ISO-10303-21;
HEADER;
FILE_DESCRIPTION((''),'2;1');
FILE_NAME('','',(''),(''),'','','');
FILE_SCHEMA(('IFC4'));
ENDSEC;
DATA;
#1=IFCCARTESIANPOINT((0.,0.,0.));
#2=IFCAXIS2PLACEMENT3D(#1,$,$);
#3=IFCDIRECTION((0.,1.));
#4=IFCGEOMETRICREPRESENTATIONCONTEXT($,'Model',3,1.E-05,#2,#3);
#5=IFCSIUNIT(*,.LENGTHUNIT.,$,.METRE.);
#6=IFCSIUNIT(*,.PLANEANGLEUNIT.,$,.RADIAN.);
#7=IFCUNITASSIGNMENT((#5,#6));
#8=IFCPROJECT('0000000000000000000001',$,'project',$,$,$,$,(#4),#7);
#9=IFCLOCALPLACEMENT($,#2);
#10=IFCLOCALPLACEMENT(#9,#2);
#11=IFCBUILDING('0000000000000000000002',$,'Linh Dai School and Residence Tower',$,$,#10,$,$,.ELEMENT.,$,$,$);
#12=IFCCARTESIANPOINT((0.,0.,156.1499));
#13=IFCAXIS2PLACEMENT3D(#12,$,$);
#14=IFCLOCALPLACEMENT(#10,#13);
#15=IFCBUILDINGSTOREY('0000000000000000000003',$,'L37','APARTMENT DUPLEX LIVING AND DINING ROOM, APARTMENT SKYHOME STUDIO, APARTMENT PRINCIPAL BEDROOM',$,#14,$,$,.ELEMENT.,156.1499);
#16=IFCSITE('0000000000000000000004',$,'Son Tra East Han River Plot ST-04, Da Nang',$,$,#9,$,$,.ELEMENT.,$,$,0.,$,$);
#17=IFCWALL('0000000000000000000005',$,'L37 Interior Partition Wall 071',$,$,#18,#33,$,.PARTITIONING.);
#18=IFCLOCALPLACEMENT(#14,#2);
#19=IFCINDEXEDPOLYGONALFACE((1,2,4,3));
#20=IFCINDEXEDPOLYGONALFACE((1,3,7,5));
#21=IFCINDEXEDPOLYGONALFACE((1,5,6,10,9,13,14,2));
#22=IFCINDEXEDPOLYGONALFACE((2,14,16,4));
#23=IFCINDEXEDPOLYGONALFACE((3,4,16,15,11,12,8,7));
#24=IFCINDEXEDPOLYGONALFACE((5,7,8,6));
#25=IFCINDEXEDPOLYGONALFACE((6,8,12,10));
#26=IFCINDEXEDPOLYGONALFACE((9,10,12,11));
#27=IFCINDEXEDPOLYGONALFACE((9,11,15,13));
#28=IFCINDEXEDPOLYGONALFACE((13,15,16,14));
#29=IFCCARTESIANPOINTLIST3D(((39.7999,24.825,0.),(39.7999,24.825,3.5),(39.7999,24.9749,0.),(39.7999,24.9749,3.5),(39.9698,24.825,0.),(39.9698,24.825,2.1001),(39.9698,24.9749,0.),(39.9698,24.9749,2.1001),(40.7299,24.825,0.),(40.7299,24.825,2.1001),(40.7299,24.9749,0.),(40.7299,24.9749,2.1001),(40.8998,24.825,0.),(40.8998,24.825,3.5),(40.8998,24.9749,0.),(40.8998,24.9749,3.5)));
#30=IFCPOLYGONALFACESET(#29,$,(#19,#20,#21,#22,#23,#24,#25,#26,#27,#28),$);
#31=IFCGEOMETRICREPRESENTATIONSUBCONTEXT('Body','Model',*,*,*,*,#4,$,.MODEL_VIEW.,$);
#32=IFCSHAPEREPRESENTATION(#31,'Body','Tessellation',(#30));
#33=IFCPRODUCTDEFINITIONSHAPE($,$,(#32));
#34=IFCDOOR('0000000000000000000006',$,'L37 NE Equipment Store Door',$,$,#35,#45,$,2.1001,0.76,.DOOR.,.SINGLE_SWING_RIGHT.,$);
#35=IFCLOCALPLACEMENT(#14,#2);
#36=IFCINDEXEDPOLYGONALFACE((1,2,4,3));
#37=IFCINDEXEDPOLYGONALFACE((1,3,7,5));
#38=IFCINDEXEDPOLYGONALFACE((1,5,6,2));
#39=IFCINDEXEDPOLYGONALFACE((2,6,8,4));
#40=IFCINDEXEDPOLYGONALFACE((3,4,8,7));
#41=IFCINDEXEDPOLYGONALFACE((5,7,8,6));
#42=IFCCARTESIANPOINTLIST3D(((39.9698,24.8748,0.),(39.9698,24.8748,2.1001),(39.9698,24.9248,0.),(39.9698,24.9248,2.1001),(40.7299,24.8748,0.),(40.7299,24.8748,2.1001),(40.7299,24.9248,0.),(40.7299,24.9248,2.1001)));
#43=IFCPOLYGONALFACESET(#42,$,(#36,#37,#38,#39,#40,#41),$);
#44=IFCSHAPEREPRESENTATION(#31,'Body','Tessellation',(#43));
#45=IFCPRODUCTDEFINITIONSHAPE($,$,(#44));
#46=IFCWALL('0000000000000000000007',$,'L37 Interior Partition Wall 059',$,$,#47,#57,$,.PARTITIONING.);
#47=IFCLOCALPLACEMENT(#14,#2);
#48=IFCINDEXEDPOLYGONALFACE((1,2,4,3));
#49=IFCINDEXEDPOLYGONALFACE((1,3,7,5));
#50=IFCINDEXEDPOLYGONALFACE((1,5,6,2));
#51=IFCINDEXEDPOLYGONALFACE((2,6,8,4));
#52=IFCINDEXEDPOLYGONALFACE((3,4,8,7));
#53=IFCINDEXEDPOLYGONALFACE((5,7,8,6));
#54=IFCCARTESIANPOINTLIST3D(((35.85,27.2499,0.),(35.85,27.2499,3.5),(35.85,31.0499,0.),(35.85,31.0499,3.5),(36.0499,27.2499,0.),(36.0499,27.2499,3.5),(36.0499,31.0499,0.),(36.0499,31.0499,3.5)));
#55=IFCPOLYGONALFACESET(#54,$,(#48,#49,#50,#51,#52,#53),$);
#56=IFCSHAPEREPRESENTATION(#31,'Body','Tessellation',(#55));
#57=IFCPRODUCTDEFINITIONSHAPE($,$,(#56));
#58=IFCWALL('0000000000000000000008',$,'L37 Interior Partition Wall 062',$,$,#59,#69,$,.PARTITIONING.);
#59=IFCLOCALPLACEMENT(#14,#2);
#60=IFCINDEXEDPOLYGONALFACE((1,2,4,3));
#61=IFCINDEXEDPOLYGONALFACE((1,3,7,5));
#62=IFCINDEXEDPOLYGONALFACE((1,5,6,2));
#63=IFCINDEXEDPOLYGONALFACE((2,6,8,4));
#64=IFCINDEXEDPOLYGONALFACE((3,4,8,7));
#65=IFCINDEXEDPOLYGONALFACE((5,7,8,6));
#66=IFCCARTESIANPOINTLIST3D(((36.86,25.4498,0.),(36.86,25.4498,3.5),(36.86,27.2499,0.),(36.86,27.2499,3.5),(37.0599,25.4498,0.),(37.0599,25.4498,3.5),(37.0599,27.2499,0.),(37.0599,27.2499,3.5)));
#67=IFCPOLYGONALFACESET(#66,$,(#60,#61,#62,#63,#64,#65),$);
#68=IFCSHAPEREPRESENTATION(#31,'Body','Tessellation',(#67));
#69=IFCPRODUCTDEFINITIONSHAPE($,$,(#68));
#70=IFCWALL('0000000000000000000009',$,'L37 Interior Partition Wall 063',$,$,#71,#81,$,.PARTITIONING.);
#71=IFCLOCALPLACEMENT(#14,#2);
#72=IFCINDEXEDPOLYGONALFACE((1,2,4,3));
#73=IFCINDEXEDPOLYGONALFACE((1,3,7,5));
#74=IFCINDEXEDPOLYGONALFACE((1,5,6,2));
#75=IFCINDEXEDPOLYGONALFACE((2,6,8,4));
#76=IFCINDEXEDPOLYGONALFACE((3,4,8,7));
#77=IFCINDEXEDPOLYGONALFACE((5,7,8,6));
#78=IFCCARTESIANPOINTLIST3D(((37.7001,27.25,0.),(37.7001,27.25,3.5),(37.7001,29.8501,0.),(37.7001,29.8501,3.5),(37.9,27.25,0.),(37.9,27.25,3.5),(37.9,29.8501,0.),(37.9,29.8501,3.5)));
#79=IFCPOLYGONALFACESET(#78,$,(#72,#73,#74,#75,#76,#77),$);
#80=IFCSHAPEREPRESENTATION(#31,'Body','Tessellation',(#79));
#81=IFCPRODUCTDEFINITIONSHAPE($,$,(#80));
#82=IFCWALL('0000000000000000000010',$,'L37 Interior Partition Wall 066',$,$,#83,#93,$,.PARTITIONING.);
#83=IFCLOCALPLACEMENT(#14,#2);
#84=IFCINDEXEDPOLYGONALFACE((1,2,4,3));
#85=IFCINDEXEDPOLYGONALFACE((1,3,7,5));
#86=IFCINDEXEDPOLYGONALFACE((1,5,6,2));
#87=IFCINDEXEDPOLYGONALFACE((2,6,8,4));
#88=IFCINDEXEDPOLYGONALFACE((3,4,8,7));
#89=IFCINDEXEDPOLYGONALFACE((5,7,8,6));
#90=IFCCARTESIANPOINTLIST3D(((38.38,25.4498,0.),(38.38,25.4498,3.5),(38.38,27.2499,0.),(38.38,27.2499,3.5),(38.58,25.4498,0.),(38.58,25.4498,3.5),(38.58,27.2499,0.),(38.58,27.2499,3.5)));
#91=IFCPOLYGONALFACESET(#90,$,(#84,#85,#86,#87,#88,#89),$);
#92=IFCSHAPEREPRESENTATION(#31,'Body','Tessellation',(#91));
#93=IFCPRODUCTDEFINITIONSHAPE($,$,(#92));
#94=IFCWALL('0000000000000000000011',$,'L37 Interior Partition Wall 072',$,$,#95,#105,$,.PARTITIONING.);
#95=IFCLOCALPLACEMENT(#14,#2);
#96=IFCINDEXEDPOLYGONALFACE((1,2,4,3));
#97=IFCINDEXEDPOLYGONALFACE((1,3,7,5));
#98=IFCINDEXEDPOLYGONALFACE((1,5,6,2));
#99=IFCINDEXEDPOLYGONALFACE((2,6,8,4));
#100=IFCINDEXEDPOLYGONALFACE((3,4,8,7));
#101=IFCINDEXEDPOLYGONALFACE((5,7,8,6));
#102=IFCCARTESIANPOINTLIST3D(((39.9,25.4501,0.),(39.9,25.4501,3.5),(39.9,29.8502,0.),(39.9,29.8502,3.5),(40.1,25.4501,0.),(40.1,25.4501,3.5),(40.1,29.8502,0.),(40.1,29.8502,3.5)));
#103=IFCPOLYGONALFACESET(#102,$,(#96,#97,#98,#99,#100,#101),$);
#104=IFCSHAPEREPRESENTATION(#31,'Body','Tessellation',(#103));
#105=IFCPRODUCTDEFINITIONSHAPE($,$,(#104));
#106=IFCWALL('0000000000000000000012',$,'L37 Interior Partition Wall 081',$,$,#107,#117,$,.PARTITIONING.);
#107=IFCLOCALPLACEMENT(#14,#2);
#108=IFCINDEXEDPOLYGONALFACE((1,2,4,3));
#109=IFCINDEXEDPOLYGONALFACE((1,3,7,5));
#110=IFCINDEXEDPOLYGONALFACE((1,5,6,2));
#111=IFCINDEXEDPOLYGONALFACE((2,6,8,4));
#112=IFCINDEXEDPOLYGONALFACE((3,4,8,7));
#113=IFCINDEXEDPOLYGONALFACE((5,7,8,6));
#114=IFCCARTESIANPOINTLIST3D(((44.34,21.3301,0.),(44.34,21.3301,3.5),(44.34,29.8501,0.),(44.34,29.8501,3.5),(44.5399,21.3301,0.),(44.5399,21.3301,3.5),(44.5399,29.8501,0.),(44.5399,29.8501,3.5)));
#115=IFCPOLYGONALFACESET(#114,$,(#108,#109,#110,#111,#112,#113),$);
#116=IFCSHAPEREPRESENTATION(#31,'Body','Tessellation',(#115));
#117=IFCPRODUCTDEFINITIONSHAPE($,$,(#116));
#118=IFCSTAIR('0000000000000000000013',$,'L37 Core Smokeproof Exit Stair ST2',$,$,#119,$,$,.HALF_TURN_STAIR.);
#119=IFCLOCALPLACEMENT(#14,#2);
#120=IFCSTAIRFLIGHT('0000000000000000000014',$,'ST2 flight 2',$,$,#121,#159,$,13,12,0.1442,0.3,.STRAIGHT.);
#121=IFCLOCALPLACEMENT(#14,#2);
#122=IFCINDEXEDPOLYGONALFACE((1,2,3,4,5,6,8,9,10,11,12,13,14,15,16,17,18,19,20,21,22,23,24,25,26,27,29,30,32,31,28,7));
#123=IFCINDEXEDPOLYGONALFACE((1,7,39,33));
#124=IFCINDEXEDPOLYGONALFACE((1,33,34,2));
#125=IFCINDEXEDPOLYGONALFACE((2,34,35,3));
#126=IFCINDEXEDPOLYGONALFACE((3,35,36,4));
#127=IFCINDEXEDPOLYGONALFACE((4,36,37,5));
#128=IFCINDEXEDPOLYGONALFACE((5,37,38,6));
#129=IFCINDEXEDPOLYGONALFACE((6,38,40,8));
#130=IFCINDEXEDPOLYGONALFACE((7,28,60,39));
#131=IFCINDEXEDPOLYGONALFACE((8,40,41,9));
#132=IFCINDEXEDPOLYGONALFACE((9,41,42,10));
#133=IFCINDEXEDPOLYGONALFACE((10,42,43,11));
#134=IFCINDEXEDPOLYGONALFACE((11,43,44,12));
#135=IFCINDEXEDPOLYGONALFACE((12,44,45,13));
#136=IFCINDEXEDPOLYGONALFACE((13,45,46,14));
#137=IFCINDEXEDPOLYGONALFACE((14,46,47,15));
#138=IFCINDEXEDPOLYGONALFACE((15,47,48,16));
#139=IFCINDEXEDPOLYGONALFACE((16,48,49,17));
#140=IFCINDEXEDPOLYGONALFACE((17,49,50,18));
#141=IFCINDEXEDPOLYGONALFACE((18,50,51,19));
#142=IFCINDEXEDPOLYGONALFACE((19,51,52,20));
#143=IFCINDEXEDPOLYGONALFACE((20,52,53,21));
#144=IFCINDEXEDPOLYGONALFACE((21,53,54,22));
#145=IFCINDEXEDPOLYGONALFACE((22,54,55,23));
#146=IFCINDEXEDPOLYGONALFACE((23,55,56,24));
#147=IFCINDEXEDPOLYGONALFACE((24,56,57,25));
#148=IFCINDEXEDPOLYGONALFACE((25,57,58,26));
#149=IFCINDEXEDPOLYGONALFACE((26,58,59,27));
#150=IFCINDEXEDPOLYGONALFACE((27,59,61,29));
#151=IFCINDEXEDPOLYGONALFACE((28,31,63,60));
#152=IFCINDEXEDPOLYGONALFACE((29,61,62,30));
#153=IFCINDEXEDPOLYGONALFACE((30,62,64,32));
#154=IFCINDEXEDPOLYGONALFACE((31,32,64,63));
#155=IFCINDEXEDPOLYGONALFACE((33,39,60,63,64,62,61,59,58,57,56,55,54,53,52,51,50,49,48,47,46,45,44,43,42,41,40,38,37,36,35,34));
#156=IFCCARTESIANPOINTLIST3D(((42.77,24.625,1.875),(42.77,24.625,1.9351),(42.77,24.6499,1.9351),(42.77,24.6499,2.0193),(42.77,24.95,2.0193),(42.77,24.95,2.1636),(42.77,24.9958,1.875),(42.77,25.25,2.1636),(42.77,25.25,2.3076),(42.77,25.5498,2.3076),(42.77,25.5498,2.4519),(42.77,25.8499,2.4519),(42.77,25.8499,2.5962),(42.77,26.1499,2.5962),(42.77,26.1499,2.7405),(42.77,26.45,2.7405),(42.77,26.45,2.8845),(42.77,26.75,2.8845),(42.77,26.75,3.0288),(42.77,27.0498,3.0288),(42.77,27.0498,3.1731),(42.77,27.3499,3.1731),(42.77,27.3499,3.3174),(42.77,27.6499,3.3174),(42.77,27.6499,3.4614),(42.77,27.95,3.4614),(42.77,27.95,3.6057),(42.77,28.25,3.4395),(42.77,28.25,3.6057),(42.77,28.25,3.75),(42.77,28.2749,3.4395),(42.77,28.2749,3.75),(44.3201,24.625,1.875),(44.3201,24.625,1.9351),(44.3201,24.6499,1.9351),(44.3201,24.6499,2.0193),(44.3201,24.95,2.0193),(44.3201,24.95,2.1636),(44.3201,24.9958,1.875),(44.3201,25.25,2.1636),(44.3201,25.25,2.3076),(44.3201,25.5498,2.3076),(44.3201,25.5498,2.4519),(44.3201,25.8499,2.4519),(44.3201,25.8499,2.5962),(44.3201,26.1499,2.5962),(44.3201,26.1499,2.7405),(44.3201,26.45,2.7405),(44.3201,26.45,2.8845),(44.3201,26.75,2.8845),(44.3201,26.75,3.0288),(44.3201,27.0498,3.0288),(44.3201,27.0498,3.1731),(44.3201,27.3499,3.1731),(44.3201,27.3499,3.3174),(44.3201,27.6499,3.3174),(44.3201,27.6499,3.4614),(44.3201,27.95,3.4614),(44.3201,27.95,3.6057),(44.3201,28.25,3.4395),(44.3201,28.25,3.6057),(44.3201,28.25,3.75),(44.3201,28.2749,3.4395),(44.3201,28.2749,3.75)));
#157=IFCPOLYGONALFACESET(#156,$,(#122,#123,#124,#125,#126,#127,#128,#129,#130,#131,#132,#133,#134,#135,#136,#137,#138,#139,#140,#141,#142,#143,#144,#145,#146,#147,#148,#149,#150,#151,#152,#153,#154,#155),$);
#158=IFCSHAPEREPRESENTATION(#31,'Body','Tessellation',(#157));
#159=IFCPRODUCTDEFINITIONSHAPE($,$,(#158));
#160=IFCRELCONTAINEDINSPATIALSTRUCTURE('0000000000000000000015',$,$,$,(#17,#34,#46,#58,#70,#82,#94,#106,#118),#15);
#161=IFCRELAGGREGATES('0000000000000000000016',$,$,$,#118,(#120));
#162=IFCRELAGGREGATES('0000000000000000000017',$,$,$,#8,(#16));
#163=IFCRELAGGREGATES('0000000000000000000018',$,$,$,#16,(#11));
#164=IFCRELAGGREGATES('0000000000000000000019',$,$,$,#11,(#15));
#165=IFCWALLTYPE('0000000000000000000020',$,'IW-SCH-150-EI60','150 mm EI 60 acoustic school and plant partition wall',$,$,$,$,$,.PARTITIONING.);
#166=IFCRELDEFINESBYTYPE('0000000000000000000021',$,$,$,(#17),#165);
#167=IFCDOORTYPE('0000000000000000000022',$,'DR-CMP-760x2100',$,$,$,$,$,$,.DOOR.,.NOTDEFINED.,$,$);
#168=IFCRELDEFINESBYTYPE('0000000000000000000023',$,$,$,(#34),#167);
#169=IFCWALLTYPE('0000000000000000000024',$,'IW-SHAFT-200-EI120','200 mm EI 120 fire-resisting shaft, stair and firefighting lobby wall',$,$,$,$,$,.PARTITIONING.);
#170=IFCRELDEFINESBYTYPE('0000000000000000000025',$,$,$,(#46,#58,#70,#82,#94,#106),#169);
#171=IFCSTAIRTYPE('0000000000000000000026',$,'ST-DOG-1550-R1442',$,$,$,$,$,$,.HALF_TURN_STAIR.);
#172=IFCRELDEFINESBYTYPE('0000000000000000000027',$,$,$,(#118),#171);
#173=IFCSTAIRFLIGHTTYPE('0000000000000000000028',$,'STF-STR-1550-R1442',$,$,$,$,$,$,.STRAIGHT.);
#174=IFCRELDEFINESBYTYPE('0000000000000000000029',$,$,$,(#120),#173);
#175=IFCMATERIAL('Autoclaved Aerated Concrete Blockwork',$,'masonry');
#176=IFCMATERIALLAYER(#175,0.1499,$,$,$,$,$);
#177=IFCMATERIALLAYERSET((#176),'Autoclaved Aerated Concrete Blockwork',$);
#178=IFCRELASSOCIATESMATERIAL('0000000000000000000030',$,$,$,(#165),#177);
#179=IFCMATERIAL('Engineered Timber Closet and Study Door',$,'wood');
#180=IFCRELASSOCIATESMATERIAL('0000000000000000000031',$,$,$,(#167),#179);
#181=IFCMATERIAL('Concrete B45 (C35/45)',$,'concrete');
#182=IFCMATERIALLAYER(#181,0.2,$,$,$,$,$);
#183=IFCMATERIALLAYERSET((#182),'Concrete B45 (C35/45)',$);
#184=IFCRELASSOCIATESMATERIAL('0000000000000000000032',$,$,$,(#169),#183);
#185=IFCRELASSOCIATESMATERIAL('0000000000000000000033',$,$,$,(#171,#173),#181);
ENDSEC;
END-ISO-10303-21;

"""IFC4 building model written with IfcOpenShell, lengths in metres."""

from ifc_helpers import new_model, si_unit, direction, frame, frame_2d, origin, origin_2d, place, context, subcontext, project, spatial, polyline, rectangle, outline, extrude, source, transform, mapped, material, layer, layer_set, type_object, element, fill, aggregate, save


model = new_model("IFC4")

# Units and contexts
model_context = context("Model", 3, precision=1e-05, world=origin(), true_north=direction((0.0, 1.0)))
body_context = subcontext(model_context, "Body", "Model", "MODEL_VIEW")
ifc_project = project(units=[si_unit("LENGTHUNIT", "METRE"), si_unit("PLANEANGLEUNIT", "RADIAN")], contexts=[model_context])

# Site, building, storey
site_placement = place(None, origin())
site = spatial("IfcSite", under=ifc_project, at=site_placement, Name="Son Tra East Han River Plot ST-04, Da Nang", CompositionType="ELEMENT", RefElevation=0.0)
building_placement = place(site_placement, origin())
building = spatial("IfcBuilding", under=site, at=building_placement, Name="Linh Dai School and Residence Tower", CompositionType="ELEMENT")
storey_placement = place(building_placement, frame((0.0, 0.0, 156.1499)))
storey = spatial("IfcBuildingStorey", under=building, at=storey_placement, Name="L37", Description="APARTMENT DUPLEX LIVING AND DINING ROOM, APARTMENT SKYHOME STUDIO, APARTMENT PRINCIPAL BEDROOM", CompositionType="ELEMENT", Elevation=156.1499)

# Shared definitions
ifc_material_1 = material(Name="Autoclaved Aerated Concrete Blockwork", Category="masonry")

# Wall, opening, door
ifc_layer_1 = layer(ifc_material_1, 0.1499)
ifc_layer_set_1 = layer_set([ifc_layer_1], Name="Autoclaved Aerated Concrete Blockwork")
wall_type_1 = type_object("IfcWallType", Name="IW-SCH-150-EI60", Description="150 mm EI 60 acoustic school and plant partition wall", PredefinedType="PARTITIONING", material=ifc_layer_set_1)
wall_1_placement = place(storey_placement, frame((39.8, 24.8999, 0.0), z_axis=(0.0, 0.0, 1.0), x_axis=(1.0, 0.0, 0.0)))
wall_1 = element("IfcWall", 1, at=wall_1_placement, inside=storey, type_object=wall_type_1, Name="L37 Interior Partition Wall 071", PredefinedType="PARTITIONING", context=body_context, shape_type="SweptSolid", body=[
    extrude(rectangle(XDim=1.0999, YDim=0.1499, at=frame_2d((0.5498, 0.0))), origin(), (0.0, 0.0, 1.0), 3.5),
])
opening_1_placement = place(wall_1_placement, frame((0.1699, 0.0, 0.0)))
opening_1 = element("IfcOpeningElement", 2, at=opening_1_placement, cuts=wall_1, PredefinedType="OPENING", context=body_context, shape_type="SweptSolid", body=[
    extrude(rectangle(XDim=0.76, YDim=2.1001, at=origin_2d()), frame((0.3799, 0.085, 1.05), z_axis=(0.0, -1.0, 0.0), x_axis=(1.0, 0.0, 0.0)), (0.0, 0.0, 1.0), 0.1699),
])
ifc_material_2 = material(Name="Engineered Timber Closet and Study Door", Category="wood")
door_type_1 = type_object("IfcDoorType", Name="DR-CMP-760x2100", OperationType="NOTDEFINED", PredefinedType="DOOR", material=ifc_material_2)
shared_shape_1 = source(origin(), body_context, "Body", "SweptSolid", [
    extrude(rectangle(XDim=0.76, YDim=2.1001, at=origin_2d()), frame((0.3799, 0.0249, 1.05), z_axis=(0.0, -1.0, 0.0), x_axis=(1.0, 0.0, 0.0)), (0.0, 0.0, 1.0), 0.05),
])
door_1_placement = place(opening_1_placement, origin())
door_1 = element("IfcDoor", 3, at=door_1_placement, inside=storey, type_object=door_type_1, Name="L37 NE Equipment Store Door", OperationType="SINGLE_SWING_RIGHT", OverallHeight=2.1001, OverallWidth=0.76, PredefinedType="DOOR", context=body_context, shape_type="MappedRepresentation", body=[
    mapped(shared_shape_1, transform((0.0, 0.0, 0.0), x_axis=(1.0, 0.0, 0.0), y_axis=(0.0, 1.0, 0.0), z_axis=(0.0, 0.0, 1.0), scale=1.0)),
])
fill(opening_1, door_1)

# Walls
ifc_material_3 = material(Name="Concrete B45 (C35/45)", Category="concrete")
ifc_layer_2 = layer(ifc_material_3, 0.2)
ifc_layer_set_2 = layer_set([ifc_layer_2], Name="Concrete B45 (C35/45)")
wall_type_2 = type_object("IfcWallType", Name="IW-SHAFT-200-EI120", Description="200 mm EI 120 fire-resisting shaft, stair and firefighting lobby wall", PredefinedType="PARTITIONING", material=ifc_layer_set_2)
wall_2_placement = place(storey_placement, frame((35.95, 27.25, 0.0), z_axis=(0.0, 0.0, 1.0), x_axis=(0.0, 1.0, 0.0)))
element("IfcWall", 4, at=wall_2_placement, inside=storey, type_object=wall_type_2, Name="L37 Interior Partition Wall 059", PredefinedType="PARTITIONING", context=body_context, shape_type="SweptSolid", body=[
    extrude(rectangle(XDim=3.8, YDim=0.2, at=frame_2d((1.8999, 0.0))), origin(), (0.0, 0.0, 1.0), 3.5),
])
wall_3_placement = place(storey_placement, frame((36.96, 25.45, 0.0), z_axis=(0.0, 0.0, 1.0), x_axis=(0.0, 1.0, 0.0)))
element("IfcWall", 5, at=wall_3_placement, inside=storey, type_object=wall_type_2, Name="L37 Interior Partition Wall 062", PredefinedType="PARTITIONING", context=body_context, shape_type="SweptSolid", body=[
    extrude(rectangle(XDim=1.8, YDim=0.2, at=frame_2d((0.8999, 0.0))), origin(), (0.0, 0.0, 1.0), 3.5),
])
wall_4_placement = place(storey_placement, frame((37.8, 27.25, 0.0), z_axis=(0.0, 0.0, 1.0), x_axis=(0.0, 1.0, 0.0)))
element("IfcWall", 6, at=wall_4_placement, inside=storey, type_object=wall_type_2, Name="L37 Interior Partition Wall 063", PredefinedType="PARTITIONING", context=body_context, shape_type="SweptSolid", body=[
    extrude(rectangle(XDim=2.6001, YDim=0.2, at=frame_2d((1.3, 0.0))), origin(), (0.0, 0.0, 1.0), 3.5),
])
wall_5_placement = place(storey_placement, frame((38.48, 25.45, 0.0), z_axis=(0.0, 0.0, 1.0), x_axis=(0.0, 1.0, 0.0)))
element("IfcWall", 7, at=wall_5_placement, inside=storey, type_object=wall_type_2, Name="L37 Interior Partition Wall 066", PredefinedType="PARTITIONING", context=body_context, shape_type="SweptSolid", body=[
    extrude(rectangle(XDim=1.8, YDim=0.2, at=frame_2d((0.8999, 0.0))), origin(), (0.0, 0.0, 1.0), 3.5),
])
wall_6_placement = place(storey_placement, frame((40.0, 25.45, 0.0), z_axis=(0.0, 0.0, 1.0), x_axis=(0.0, 1.0, 0.0)))
element("IfcWall", 8, at=wall_6_placement, inside=storey, type_object=wall_type_2, Name="L37 Interior Partition Wall 072", PredefinedType="PARTITIONING", context=body_context, shape_type="SweptSolid", body=[
    extrude(rectangle(XDim=4.4001, YDim=0.2, at=frame_2d((2.2002, 0.0))), origin(), (0.0, 0.0, 1.0), 3.5),
])
wall_7_placement = place(storey_placement, frame((44.4399, 21.3301, 0.0), z_axis=(0.0, 0.0, 1.0), x_axis=(0.0, 1.0, 0.0)))
element("IfcWall", 9, at=wall_7_placement, inside=storey, type_object=wall_type_2, Name="L37 Interior Partition Wall 081", PredefinedType="PARTITIONING", context=body_context, shape_type="SweptSolid", body=[
    extrude(rectangle(XDim=8.52, YDim=0.2, at=frame_2d((4.26, 0.0))), origin(), (0.0, 0.0, 1.0), 3.5),
])

# Stair, stair flight
stair_type = type_object("IfcStairType", Name="ST-DOG-1550-R1442", PredefinedType="HALF_TURN_STAIR", material=ifc_material_3)
stair_placement = place(storey_placement, origin())
stair = element("IfcStair", 10, at=stair_placement, inside=storey, type_object=stair_type, Name="L37 Core Smokeproof Exit Stair ST2", PredefinedType="HALF_TURN_STAIR")
stair_flight_type = type_object("IfcStairFlightType", Name="STF-STR-1550-R1442", PredefinedType="STRAIGHT", material=ifc_material_3)
shared_shape_2 = source(origin(), body_context, "Body", "SweptSolid", [
    extrude(outline(polyline([(-0.0249, 0.0), (-0.0249, 0.0601), (0.0, 0.0601), (0.0, 0.1443), (0.3, 0.1443), (0.3, 0.2886), (0.6001, 0.2886), (0.6001, 0.4326), (0.8999, 0.4326), (0.8999, 0.5769), (1.2, 0.5769), (1.2, 0.7212), (1.5, 0.7212), (1.5, 0.8655), (1.8, 0.8655), (1.8, 1.0095), (2.1001, 1.0095), (2.1001, 1.1538), (2.3999, 1.1538), (2.3999, 1.2981), (2.7, 1.2981), (2.7, 1.4424), (3.0, 1.4424), (3.0, 1.5864), (3.3, 1.5864), (3.3, 1.7307), (3.6001, 1.7307), (3.6001, 1.875), (3.625, 1.875), (3.625, 1.5645), (3.6001, 1.5645), (0.3459, 0.0), (-0.0249, 0.0)])), frame((0.0, 0.7749, 0.0), z_axis=(0.0, -1.0, 0.0), x_axis=(1.0, 0.0, 0.0)), (0.0, 0.0, 1.0), 1.55),
])
stair_flight_placement = place(storey_placement, frame((43.5449, 24.6499, 1.875), z_axis=(0.0, 0.0, 1.0), x_axis=(0.0, 1.0, 0.0)))
stair_flight = element("IfcStairFlight", 11, at=stair_flight_placement, type_object=stair_flight_type, Name="ST2 flight 2", NumberOfRisers=13, NumberOfTreads=12, PredefinedType="STRAIGHT", RiserHeight=0.1442, TreadLength=0.3, context=body_context, shape_type="MappedRepresentation", body=[
    mapped(shared_shape_2, transform((0.0, 0.0, 0.0), x_axis=(1.0, 0.0, 0.0), y_axis=(0.0, 1.0, 0.0), z_axis=(0.0, 0.0, 1.0), scale=1.0)),
])
aggregate(stair, [stair_flight])

save(model, "model.ifc")
